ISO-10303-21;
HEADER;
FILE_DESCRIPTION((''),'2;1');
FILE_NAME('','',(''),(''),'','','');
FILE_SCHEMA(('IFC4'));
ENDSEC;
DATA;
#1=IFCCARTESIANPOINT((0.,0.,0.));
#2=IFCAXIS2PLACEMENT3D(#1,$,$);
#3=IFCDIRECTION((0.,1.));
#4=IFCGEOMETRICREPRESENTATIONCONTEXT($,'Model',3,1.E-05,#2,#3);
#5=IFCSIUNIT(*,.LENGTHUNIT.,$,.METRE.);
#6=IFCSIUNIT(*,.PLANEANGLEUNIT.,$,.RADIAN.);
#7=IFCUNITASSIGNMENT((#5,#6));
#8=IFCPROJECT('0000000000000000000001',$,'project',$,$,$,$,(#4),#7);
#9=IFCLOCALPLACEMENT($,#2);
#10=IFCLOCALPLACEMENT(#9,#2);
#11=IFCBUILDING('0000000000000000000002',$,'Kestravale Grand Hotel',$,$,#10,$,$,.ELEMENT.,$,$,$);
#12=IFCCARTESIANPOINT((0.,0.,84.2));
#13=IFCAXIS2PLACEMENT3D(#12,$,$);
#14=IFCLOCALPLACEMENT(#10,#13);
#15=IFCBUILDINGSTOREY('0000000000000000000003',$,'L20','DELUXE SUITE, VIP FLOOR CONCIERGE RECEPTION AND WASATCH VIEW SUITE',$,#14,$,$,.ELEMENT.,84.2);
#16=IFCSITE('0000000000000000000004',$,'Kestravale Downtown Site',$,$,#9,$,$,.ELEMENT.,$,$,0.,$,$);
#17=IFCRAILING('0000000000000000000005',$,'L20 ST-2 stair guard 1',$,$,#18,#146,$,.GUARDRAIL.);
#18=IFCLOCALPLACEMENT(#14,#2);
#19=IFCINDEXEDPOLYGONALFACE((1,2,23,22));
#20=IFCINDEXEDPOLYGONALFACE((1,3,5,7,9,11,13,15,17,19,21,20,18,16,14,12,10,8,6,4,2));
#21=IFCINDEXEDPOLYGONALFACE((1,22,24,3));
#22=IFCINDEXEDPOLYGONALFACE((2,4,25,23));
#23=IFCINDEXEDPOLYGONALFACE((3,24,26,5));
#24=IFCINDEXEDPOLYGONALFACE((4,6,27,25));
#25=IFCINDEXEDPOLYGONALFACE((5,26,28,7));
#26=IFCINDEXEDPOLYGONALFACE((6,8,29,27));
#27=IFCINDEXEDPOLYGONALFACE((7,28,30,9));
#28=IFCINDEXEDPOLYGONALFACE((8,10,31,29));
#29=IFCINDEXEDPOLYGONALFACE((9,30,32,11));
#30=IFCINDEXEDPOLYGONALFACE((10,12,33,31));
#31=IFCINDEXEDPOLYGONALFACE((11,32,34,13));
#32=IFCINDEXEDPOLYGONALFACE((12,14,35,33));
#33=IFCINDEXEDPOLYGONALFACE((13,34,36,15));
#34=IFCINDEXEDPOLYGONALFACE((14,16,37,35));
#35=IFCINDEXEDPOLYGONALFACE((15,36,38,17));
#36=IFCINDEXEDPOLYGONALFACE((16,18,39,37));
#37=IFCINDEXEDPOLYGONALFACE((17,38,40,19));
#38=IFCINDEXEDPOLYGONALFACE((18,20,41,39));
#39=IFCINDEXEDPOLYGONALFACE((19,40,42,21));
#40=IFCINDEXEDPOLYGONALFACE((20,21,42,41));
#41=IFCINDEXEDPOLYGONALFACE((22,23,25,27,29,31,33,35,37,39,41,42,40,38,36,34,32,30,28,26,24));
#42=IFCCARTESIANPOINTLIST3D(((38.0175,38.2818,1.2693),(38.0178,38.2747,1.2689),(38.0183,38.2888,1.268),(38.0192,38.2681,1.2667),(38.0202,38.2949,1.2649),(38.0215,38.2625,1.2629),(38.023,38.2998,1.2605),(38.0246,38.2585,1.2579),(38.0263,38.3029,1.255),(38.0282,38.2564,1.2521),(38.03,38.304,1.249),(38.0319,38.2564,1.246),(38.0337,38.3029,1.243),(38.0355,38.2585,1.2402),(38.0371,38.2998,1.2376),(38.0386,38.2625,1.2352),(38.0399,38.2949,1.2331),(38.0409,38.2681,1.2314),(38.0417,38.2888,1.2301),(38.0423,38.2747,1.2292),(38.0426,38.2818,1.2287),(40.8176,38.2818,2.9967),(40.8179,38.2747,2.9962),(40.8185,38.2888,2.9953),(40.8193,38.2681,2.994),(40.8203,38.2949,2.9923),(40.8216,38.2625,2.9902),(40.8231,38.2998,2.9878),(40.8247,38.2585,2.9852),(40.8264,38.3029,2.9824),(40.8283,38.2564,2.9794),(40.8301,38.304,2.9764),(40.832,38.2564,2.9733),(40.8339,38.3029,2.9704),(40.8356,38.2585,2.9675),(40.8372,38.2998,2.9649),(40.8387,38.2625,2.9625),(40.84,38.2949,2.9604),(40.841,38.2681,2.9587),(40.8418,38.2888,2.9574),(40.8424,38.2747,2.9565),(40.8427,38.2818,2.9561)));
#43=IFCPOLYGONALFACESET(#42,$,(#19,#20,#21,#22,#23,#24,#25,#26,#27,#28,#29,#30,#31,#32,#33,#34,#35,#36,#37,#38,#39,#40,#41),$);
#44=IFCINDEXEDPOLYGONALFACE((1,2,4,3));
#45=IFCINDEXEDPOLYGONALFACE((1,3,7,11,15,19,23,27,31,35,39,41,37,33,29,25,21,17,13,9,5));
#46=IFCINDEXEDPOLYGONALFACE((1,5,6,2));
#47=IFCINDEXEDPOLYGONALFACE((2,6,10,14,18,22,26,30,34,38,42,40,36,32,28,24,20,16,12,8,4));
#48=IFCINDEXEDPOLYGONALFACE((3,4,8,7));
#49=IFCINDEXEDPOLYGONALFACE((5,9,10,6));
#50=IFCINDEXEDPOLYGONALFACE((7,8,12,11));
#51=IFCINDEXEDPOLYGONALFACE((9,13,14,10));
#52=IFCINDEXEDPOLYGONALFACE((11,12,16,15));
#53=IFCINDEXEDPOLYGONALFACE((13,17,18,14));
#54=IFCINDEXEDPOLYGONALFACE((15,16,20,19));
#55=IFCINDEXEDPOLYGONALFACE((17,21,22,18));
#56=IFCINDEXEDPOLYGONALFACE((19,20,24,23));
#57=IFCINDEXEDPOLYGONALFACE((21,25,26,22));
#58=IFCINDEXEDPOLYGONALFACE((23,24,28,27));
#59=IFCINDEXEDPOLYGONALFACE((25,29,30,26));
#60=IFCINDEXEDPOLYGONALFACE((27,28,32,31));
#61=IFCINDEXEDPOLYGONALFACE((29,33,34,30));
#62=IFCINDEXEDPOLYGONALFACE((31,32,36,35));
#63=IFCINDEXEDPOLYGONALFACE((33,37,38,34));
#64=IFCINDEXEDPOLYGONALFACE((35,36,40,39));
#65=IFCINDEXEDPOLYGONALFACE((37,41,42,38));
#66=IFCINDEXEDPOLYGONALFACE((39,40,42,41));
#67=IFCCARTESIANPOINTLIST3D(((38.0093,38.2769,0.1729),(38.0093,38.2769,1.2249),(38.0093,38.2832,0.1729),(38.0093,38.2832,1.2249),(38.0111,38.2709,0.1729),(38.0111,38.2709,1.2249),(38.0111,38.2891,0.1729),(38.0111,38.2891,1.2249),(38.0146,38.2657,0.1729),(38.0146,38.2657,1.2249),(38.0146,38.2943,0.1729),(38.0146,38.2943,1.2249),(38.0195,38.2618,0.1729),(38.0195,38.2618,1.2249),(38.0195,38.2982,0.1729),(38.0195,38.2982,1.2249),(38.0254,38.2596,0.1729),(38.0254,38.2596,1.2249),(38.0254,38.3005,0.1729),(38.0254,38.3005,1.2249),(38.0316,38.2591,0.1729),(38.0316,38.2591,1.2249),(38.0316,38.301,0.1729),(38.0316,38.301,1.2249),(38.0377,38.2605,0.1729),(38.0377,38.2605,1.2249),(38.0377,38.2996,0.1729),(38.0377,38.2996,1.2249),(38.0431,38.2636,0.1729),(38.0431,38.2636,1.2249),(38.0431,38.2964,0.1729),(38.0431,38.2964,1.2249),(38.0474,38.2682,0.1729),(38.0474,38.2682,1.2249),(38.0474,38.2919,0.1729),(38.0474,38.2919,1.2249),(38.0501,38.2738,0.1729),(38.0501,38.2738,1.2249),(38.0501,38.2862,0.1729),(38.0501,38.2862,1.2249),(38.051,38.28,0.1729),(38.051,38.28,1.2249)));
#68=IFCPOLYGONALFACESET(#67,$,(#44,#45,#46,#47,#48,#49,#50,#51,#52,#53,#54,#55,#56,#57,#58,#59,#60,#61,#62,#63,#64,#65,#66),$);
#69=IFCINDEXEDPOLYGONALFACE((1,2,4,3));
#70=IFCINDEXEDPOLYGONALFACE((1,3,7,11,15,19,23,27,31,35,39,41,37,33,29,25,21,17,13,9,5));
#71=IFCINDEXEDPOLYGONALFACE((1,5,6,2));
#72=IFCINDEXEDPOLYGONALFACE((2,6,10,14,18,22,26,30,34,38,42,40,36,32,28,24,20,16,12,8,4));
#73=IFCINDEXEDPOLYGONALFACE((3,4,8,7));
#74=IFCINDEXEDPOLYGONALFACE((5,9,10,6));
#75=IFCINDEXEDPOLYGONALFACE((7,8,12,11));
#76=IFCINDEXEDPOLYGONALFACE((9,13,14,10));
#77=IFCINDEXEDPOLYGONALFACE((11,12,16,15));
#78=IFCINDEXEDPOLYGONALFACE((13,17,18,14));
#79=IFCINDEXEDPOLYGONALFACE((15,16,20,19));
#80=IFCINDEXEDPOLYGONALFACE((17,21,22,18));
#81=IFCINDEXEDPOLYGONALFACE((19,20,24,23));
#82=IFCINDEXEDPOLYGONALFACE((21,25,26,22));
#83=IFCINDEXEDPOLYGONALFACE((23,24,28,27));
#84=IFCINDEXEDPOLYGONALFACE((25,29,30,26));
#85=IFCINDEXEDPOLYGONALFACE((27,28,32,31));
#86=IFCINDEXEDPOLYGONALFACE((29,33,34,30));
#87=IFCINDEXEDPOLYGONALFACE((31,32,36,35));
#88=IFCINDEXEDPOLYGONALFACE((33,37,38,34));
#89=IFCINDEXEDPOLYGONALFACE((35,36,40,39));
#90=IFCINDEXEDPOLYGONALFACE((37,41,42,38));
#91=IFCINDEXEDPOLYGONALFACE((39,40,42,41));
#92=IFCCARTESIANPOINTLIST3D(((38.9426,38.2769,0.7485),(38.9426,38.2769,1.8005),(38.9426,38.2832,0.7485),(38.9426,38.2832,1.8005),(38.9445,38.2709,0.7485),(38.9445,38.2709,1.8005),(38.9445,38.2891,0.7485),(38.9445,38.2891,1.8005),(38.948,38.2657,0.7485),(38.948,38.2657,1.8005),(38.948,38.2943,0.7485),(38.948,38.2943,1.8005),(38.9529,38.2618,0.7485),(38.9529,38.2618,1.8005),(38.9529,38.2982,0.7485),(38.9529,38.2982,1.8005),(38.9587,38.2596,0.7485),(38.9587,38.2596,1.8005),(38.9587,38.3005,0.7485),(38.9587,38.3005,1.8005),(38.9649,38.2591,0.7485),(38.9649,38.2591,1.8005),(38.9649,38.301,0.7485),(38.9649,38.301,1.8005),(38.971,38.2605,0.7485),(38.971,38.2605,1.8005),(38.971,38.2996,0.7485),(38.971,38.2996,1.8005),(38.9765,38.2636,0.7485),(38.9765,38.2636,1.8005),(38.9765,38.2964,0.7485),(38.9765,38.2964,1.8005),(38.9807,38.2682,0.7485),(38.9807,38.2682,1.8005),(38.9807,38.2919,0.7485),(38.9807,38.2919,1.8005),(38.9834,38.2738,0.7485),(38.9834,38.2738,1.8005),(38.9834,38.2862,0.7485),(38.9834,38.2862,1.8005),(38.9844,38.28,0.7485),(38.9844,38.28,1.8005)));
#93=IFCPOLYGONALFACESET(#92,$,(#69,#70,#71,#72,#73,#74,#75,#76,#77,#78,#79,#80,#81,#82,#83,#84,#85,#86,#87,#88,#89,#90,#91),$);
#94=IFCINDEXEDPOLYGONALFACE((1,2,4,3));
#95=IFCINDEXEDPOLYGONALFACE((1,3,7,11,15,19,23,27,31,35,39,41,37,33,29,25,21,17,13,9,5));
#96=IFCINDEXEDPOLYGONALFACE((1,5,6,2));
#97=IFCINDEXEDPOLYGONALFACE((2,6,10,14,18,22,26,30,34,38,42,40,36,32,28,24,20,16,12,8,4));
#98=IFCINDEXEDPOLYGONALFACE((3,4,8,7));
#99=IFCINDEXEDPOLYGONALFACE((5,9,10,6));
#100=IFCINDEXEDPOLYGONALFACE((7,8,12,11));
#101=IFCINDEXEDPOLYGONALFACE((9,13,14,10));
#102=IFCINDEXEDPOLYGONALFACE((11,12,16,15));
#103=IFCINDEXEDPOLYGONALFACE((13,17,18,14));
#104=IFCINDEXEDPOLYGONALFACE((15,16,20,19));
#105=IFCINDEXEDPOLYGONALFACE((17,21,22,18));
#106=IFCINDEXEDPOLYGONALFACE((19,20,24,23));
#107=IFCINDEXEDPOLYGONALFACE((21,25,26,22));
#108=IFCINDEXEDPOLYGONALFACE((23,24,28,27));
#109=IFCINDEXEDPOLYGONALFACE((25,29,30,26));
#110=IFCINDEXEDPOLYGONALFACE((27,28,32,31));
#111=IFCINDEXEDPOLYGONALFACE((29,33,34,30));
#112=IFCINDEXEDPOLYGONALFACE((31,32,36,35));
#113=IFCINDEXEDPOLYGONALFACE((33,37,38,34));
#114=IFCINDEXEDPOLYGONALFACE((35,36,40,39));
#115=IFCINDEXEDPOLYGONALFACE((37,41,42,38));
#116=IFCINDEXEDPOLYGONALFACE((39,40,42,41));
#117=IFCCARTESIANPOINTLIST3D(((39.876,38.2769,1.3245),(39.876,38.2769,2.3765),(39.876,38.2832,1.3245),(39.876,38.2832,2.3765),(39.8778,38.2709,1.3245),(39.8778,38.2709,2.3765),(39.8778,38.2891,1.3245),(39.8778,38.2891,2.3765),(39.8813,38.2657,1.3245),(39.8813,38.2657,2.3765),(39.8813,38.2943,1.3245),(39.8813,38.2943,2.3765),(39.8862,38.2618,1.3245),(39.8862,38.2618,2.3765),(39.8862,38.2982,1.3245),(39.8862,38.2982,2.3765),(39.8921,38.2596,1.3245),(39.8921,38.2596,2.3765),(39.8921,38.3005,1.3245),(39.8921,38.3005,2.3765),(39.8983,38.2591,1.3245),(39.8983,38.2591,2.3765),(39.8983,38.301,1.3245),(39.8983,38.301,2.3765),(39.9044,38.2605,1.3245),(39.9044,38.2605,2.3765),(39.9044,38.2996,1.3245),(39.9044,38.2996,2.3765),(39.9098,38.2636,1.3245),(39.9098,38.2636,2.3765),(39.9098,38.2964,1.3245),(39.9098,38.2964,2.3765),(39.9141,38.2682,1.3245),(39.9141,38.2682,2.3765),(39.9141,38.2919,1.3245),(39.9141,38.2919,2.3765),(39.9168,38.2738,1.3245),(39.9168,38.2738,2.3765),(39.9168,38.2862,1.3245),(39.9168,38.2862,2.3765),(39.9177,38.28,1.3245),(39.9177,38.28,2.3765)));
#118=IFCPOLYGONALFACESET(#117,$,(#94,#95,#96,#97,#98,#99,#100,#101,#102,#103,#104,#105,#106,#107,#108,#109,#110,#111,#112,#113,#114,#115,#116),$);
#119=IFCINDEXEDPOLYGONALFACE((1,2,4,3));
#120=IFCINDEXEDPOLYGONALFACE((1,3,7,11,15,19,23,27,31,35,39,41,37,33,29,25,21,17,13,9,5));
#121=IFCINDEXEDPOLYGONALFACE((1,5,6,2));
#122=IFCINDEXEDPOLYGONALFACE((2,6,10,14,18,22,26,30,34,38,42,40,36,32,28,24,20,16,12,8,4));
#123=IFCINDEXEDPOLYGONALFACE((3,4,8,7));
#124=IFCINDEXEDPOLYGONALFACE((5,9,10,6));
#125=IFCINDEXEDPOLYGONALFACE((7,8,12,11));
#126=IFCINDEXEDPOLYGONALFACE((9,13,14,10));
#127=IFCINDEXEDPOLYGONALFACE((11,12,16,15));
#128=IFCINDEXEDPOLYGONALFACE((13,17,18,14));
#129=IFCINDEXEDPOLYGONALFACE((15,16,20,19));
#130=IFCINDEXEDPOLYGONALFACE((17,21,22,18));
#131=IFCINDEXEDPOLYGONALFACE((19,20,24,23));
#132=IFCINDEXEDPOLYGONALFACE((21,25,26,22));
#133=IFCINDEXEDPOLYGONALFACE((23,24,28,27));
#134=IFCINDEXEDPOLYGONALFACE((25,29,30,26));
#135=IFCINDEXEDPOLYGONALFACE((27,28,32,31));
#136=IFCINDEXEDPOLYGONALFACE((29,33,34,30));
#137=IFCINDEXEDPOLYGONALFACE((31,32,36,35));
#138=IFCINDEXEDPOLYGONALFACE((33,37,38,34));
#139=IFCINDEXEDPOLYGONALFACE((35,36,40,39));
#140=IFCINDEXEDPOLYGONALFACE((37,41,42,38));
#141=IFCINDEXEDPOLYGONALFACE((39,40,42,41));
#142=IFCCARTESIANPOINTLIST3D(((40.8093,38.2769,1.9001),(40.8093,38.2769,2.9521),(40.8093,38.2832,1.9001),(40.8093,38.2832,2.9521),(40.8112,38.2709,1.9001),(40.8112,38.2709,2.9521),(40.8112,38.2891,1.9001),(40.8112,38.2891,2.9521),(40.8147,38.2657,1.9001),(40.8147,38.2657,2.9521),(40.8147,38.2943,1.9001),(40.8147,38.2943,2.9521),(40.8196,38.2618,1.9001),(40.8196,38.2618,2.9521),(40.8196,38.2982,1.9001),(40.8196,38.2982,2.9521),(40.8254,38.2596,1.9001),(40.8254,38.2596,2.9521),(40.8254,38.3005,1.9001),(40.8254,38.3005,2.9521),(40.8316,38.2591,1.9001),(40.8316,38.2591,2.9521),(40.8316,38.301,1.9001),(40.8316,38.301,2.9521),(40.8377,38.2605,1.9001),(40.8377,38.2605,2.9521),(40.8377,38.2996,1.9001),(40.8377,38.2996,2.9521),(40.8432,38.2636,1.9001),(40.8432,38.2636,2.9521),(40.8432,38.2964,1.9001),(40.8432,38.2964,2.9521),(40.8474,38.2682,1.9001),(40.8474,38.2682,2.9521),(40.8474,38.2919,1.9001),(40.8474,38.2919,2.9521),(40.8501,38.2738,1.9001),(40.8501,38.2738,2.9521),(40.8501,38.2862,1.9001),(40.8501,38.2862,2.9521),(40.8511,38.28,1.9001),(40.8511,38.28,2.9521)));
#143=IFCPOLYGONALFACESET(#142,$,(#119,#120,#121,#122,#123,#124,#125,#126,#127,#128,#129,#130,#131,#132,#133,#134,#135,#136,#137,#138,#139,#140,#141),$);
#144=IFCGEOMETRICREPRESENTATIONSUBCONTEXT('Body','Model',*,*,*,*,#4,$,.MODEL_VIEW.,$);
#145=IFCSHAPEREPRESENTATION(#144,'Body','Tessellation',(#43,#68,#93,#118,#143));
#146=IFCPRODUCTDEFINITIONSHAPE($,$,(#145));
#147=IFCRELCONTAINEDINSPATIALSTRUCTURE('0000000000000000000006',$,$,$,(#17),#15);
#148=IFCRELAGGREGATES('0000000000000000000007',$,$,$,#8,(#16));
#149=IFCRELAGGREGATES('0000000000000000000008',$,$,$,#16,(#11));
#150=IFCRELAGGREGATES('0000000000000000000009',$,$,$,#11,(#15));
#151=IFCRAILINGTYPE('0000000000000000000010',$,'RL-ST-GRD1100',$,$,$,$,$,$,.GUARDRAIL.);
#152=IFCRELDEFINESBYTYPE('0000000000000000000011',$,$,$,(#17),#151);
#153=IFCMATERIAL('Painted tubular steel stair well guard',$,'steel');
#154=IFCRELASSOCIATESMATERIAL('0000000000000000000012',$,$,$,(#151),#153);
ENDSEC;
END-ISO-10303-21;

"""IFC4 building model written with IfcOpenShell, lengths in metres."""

from ifc_helpers import new_model, si_unit, direction, frame, origin, origin_2d, place, context, subcontext, project, spatial, circle, extrude, material, type_object, element, save


model = new_model("IFC4")

# Units and contexts
model_context = context("Model", 3, precision=1e-05, world=origin(), true_north=direction((0.0, 1.0)))
body_context = subcontext(model_context, "Body", "Model", "MODEL_VIEW")
ifc_project = project(units=[si_unit("LENGTHUNIT", "METRE"), si_unit("PLANEANGLEUNIT", "RADIAN")], contexts=[model_context])

# Site, building, storey
site_placement = place(None, origin())
site = spatial("IfcSite", under=ifc_project, at=site_placement, Name="Kestravale Downtown Site", CompositionType="ELEMENT", RefElevation=0.0)
building_placement = place(site_placement, origin())
building = spatial("IfcBuilding", under=site, at=building_placement, Name="Kestravale Grand Hotel", CompositionType="ELEMENT")
storey_placement = place(building_placement, frame((0.0, 0.0, 84.2)))
storey = spatial("IfcBuildingStorey", under=building, at=storey_placement, Name="L20", Description="DELUXE SUITE, VIP FLOOR CONCIERGE RECEPTION AND WASATCH VIEW SUITE", CompositionType="ELEMENT", Elevation=84.2)

# Railing
ifc_material_1 = material(Name="Painted tubular steel stair well guard", Category="steel")
railing_type_1 = type_object("IfcRailingType", Name="RL-ST-GRD1100", PredefinedType="GUARDRAIL", material=ifc_material_1)
railing_1_placement = place(storey_placement, frame((38.03, 38.28, 0.1729)))
element("IfcRailing", 1, at=railing_1_placement, inside=storey, type_object=railing_type_1, Name="L20 ST-2 stair guard 1", PredefinedType="GUARDRAIL", context=body_context, shape_type="SweptSolid", body=[
    extrude(circle(Radius=0.0239, at=origin_2d()), frame((0.0, 0.0, 1.0762), z_axis=(0.85109, 0.0, 0.52502), x_axis=(0.0, 1.0, 0.0)), (0.0, 0.0, 1.0), 3.29),
    extrude(circle(Radius=0.021, at=origin_2d()), origin(), (0.0, 0.0, 1.0), 1.052),
    extrude(circle(Radius=0.021, at=origin_2d()), frame((0.9333, 0.0, 0.5757)), (0.0, 0.0, 1.0), 1.052),
    extrude(circle(Radius=0.021, at=origin_2d()), frame((1.8667, 0.0, 1.1516)), (0.0, 0.0, 1.0), 1.052),
    extrude(circle(Radius=0.021, at=origin_2d()), frame((2.8, 0.0, 1.7273)), (0.0, 0.0, 1.0), 1.052),
])

save(model, "model.ifc")
